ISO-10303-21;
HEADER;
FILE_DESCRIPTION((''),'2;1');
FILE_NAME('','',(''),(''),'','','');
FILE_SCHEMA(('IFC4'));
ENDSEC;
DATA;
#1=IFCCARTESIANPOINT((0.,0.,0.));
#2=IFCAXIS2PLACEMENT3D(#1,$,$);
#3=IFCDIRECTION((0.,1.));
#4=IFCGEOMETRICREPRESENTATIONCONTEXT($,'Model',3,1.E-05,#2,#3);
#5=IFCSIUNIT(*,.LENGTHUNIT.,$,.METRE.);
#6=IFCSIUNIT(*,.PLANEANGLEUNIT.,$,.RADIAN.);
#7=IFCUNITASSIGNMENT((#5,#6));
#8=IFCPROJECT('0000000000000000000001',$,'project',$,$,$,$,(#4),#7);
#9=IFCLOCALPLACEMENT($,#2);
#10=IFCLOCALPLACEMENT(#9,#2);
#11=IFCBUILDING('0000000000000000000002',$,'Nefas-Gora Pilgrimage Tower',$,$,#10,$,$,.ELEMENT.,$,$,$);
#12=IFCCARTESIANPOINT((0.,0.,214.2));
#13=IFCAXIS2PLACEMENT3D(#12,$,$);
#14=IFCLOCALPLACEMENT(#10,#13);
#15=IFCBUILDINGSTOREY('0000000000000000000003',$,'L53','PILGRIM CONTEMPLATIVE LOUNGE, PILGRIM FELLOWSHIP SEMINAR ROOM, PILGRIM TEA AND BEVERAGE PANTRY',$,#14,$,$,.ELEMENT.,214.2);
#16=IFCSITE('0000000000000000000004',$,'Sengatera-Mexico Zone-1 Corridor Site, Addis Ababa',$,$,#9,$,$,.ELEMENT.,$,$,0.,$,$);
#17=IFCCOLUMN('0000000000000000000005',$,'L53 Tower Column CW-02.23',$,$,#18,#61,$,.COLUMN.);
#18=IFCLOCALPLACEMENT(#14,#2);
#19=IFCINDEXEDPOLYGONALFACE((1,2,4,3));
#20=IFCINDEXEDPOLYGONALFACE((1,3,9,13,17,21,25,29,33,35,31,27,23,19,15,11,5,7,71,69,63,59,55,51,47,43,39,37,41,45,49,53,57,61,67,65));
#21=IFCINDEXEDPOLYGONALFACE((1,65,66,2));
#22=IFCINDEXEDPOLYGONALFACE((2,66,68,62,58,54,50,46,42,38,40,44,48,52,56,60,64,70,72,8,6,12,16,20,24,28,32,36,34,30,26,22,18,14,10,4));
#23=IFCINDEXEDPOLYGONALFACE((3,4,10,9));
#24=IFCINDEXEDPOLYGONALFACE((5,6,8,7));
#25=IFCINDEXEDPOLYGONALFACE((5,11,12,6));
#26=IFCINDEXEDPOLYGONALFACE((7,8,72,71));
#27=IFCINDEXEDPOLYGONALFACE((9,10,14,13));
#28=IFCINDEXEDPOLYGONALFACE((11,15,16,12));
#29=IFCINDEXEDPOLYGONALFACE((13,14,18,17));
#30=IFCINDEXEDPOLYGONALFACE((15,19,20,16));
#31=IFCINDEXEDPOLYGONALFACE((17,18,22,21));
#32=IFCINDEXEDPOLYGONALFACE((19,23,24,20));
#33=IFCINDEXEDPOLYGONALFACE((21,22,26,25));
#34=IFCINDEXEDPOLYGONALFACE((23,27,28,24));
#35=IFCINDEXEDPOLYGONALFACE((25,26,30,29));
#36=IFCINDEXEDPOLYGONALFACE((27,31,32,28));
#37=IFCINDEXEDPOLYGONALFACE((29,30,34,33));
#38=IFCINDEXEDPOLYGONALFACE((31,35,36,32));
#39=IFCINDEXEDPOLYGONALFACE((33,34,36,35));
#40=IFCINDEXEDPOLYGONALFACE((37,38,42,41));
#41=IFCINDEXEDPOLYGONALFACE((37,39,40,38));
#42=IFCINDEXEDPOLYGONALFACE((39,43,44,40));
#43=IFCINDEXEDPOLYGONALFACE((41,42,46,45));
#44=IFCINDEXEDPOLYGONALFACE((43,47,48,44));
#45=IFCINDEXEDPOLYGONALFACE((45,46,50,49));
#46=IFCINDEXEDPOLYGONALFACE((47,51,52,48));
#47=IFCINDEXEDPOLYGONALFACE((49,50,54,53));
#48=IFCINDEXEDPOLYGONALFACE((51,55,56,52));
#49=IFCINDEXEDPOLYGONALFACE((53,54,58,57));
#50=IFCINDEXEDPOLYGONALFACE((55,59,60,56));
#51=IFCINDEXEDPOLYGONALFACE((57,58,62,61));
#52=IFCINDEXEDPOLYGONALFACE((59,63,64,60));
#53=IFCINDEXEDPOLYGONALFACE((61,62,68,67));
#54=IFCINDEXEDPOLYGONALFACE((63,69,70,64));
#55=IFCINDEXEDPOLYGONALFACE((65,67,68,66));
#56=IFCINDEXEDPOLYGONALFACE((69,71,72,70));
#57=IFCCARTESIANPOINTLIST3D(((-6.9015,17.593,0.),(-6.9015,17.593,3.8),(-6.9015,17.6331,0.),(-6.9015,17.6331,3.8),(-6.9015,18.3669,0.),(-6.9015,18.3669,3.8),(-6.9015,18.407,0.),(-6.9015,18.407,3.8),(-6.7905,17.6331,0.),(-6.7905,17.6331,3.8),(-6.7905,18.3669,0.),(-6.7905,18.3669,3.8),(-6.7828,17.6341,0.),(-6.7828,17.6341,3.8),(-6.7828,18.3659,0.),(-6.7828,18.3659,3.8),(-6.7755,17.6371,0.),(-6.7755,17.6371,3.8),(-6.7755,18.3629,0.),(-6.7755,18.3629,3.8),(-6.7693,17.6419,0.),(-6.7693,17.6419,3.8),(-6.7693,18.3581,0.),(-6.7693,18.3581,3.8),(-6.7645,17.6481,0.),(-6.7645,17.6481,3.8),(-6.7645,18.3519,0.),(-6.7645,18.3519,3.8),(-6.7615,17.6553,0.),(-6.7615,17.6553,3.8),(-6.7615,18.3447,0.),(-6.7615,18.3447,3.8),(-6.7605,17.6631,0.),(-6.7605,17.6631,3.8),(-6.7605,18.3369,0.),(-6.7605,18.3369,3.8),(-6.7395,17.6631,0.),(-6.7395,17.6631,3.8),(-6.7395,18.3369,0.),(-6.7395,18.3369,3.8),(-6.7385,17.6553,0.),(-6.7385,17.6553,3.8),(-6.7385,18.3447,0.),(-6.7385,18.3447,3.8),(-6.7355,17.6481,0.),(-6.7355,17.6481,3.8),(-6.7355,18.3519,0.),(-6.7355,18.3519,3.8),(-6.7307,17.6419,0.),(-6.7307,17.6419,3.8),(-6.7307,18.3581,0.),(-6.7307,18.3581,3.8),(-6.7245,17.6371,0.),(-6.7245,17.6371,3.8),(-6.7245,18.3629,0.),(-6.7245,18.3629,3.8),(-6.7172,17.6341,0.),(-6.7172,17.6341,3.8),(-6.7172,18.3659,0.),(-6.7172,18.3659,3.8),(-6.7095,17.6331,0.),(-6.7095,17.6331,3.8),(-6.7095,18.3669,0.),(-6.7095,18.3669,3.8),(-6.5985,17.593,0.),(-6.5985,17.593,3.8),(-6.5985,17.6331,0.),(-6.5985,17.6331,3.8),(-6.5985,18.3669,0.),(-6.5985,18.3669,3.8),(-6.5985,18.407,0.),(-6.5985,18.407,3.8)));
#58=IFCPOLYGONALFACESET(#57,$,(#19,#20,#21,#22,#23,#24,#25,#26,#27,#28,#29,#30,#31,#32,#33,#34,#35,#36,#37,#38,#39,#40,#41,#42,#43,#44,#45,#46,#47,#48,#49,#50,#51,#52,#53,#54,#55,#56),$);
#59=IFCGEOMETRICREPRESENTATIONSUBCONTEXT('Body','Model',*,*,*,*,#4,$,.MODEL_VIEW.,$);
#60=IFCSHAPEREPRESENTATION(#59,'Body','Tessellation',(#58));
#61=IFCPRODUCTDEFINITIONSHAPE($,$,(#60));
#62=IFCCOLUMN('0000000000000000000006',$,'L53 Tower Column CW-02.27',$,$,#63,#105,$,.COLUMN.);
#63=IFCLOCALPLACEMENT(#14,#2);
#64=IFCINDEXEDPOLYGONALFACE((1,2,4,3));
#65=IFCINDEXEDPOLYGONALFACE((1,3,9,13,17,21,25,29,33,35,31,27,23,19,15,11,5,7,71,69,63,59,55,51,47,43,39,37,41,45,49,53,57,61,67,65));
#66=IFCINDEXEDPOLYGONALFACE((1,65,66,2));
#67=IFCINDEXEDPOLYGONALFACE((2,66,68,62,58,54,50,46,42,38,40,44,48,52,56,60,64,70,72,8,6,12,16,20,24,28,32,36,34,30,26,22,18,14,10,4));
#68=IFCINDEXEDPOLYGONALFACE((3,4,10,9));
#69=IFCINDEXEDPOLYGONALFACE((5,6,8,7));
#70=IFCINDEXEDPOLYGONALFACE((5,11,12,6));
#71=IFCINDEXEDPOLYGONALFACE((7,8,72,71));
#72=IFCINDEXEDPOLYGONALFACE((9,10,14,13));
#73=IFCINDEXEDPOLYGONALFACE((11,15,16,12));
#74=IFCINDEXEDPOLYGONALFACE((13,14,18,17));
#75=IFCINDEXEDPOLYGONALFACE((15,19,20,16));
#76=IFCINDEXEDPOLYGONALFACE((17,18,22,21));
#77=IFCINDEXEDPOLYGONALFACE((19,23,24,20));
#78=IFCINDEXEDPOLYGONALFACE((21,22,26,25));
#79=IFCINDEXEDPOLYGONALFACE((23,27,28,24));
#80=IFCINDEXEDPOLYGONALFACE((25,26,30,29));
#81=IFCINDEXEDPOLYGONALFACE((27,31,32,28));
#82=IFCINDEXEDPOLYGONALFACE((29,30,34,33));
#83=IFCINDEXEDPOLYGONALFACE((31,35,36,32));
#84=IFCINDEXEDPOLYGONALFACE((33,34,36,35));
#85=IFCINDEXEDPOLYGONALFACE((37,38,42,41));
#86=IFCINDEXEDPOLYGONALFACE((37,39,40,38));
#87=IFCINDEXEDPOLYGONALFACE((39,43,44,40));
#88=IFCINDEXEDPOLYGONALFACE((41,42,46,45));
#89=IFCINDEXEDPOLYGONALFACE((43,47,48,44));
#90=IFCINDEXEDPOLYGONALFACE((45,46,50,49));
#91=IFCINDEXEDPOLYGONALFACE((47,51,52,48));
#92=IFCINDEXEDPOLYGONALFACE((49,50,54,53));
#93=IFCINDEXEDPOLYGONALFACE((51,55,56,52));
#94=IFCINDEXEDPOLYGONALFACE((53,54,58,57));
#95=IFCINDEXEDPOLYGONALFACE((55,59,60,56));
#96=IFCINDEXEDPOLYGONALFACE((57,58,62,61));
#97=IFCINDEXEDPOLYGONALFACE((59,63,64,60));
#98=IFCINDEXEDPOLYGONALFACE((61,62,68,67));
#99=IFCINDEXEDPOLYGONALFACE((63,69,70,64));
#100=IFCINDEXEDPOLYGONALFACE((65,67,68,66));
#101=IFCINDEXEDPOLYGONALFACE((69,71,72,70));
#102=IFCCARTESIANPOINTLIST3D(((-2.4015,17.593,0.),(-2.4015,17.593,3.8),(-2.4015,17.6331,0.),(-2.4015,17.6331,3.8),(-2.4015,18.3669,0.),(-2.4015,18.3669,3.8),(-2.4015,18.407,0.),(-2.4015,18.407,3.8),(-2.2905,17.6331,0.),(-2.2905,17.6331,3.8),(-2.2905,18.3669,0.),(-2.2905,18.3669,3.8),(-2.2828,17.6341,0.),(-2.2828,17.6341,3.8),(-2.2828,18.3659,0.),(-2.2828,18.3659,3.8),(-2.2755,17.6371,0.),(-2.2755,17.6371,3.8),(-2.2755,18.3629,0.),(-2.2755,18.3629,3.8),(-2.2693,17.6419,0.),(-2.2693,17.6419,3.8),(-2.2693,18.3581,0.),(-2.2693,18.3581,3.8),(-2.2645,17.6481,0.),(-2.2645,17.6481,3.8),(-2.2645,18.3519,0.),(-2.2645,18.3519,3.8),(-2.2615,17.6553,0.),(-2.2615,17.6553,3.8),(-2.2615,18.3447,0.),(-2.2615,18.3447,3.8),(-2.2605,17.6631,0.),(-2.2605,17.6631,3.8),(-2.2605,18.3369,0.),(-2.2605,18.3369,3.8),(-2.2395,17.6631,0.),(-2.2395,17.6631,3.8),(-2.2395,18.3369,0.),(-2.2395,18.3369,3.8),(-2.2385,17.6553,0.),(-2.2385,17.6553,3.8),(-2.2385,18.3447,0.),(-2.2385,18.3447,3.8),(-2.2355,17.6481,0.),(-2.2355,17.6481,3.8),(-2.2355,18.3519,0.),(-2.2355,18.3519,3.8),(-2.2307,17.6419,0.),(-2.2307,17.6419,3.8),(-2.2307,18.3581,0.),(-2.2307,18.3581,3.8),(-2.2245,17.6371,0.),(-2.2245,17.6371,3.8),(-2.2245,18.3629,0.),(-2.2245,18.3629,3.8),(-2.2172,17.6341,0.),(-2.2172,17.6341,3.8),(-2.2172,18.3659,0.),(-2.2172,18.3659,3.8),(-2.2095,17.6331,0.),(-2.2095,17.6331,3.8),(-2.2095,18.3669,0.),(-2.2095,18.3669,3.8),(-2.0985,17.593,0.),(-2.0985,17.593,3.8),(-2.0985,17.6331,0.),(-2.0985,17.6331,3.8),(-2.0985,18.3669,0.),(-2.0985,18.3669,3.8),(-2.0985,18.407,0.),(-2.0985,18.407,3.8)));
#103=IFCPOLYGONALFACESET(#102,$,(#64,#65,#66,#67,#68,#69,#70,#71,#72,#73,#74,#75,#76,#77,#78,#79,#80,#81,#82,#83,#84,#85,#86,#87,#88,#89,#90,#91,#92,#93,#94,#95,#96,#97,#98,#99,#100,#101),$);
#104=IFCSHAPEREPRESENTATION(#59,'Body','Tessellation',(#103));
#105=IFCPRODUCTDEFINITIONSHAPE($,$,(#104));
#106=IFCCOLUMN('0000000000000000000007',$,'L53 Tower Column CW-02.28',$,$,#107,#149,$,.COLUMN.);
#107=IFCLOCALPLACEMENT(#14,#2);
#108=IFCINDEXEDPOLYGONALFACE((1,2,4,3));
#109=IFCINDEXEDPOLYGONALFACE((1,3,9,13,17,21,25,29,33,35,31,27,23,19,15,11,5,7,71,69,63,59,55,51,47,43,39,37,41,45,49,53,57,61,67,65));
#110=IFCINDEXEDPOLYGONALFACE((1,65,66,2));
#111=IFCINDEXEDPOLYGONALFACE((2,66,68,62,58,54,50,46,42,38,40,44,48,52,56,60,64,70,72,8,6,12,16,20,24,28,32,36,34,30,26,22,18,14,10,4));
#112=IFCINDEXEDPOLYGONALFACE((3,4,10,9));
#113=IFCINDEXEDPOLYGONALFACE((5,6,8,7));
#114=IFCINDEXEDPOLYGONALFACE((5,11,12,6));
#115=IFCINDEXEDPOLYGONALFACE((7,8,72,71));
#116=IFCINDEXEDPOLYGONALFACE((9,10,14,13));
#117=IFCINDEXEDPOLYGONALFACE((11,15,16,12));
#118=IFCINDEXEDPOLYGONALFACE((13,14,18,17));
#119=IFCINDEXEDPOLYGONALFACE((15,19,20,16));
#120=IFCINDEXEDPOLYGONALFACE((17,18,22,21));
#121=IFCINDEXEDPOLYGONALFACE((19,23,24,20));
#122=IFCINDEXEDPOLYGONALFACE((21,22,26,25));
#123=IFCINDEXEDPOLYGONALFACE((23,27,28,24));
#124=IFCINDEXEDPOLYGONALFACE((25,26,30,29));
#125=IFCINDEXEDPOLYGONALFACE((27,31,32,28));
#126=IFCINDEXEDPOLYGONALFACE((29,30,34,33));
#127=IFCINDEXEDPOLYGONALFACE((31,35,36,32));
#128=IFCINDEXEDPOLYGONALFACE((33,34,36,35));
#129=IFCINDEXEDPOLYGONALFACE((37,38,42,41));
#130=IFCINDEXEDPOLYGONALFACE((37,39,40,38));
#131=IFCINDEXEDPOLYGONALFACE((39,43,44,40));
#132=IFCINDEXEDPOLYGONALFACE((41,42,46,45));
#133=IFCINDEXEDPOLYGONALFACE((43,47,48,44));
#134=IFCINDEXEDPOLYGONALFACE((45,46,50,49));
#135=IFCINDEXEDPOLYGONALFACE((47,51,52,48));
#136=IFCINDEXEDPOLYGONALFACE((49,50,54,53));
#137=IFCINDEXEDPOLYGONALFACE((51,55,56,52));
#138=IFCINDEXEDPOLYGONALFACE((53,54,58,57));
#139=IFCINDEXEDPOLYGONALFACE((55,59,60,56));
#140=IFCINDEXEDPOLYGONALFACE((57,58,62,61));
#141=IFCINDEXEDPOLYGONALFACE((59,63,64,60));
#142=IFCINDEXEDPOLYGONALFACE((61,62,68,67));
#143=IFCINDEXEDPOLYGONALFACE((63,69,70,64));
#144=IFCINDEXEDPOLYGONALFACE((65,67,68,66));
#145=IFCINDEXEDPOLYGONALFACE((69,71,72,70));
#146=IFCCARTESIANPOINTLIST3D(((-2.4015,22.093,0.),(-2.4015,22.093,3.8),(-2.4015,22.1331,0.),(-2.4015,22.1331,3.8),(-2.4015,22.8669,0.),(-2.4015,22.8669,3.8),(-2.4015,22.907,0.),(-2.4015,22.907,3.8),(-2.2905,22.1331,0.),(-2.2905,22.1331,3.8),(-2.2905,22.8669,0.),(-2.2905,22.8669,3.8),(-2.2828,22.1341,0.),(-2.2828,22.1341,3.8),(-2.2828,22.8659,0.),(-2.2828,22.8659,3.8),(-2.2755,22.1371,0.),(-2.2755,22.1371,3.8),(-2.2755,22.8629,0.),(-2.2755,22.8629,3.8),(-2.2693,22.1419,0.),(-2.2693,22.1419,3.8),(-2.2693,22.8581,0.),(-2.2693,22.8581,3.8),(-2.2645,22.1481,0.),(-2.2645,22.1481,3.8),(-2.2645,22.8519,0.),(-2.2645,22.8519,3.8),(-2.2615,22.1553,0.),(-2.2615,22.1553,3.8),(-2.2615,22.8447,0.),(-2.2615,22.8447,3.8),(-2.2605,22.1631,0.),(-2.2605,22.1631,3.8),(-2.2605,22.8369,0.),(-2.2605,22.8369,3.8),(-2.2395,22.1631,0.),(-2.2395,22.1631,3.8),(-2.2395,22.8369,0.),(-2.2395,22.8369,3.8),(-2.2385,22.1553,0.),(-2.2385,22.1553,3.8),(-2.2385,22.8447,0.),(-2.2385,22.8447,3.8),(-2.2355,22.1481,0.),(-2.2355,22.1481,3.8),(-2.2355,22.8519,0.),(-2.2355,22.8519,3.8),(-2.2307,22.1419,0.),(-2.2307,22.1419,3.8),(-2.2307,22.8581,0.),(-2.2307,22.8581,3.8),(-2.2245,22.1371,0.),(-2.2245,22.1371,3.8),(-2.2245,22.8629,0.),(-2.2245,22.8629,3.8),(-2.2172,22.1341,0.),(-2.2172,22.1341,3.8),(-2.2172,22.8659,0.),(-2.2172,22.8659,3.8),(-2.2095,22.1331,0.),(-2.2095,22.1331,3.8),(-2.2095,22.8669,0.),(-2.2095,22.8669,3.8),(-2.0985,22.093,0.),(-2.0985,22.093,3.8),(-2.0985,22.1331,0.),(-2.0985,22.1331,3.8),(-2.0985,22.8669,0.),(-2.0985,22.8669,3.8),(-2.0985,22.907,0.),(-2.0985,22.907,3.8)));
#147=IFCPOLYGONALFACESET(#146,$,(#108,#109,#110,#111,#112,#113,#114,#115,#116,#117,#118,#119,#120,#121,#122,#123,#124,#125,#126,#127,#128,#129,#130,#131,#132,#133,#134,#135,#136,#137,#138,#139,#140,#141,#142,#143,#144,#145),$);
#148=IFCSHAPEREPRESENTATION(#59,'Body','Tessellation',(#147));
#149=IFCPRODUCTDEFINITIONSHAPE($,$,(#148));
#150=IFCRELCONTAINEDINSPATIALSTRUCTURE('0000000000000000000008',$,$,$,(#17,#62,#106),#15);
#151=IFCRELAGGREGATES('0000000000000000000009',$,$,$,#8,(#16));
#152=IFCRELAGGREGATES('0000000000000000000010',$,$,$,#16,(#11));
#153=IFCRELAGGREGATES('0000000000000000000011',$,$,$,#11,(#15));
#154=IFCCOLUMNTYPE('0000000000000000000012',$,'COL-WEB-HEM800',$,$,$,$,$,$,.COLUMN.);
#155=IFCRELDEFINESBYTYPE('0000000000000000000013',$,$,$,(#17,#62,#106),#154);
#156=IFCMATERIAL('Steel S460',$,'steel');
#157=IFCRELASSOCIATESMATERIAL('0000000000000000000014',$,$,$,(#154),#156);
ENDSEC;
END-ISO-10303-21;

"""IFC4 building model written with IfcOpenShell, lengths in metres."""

from ifc_helpers import new_model, si_unit, direction, frame, origin, origin_2d, place, context, subcontext, project, spatial, i_section, extrude, source, transform, mapped, material, material_profile, profile_set, type_object, element, save


model = new_model("IFC4")

# Units and contexts
model_context = context("Model", 3, precision=1e-05, world=origin(), true_north=direction((0.0, 1.0)))
body_context = subcontext(model_context, "Body", "Model", "MODEL_VIEW")
ifc_project = project(units=[si_unit("LENGTHUNIT", "METRE"), si_unit("PLANEANGLEUNIT", "RADIAN")], contexts=[model_context])

# Site, building, storey
site_placement = place(None, origin())
site = spatial("IfcSite", under=ifc_project, at=site_placement, Name="Sengatera-Mexico Zone-1 Corridor Site, Addis Ababa", CompositionType="ELEMENT", RefElevation=0.0)
building_placement = place(site_placement, origin())
building = spatial("IfcBuilding", under=site, at=building_placement, Name="Nefas-Gora Pilgrimage Tower", CompositionType="ELEMENT")
storey_placement = place(building_placement, frame((0.0, 0.0, 214.2)))
storey = spatial("IfcBuildingStorey", under=building, at=storey_placement, Name="L53", Description="PILGRIM CONTEMPLATIVE LOUNGE, PILGRIM FELLOWSHIP SEMINAR ROOM, PILGRIM TEA AND BEVERAGE PANTRY", CompositionType="ELEMENT", Elevation=214.2)

# Columns
ifc_material_1 = material(Name="Steel S460", Category="steel")
ifc_material_profile_1 = material_profile(ifc_material_1, i_section(OverallWidth=0.303, OverallDepth=0.814, WebThickness=0.021, FlangeThickness=0.04, FilletRadius=0.03, at=origin_2d()), Name="HEM 800")
ifc_profile_set_1 = profile_set([ifc_material_profile_1], Name="Steel S460")
column_type_1 = type_object("IfcColumnType", Name="COL-WEB-HEM800", PredefinedType="COLUMN", material=ifc_profile_set_1)
shared_shape_1 = source(origin(), body_context, "Body", "SweptSolid", [
    extrude(i_section(OverallWidth=0.303, OverallDepth=0.814, WebThickness=0.021, FlangeThickness=0.04, FilletRadius=0.03, at=origin_2d()), origin(), (0.0, 0.0, 1.0), 3.8),
])
for number, where, z_axis, x_axis, name in (
    (1, (-6.75, 18.0, 0.0), (0.0, 0.0, 1.0), (1.0, 0.0, 0.0), "L53 Tower Column CW-02.23"),
    (2, (-2.25, 18.0, 0.0), (0.0, 0.0, 1.0), (1.0, 0.0, 0.0), "L53 Tower Column CW-02.27"),
    (3, (-2.25, 22.5, 0.0), (0.0, 0.0, 1.0), (1.0, 0.0, 0.0), "L53 Tower Column CW-02.28"),
):
    element("IfcColumn", number, at=place(storey_placement, frame(where, z_axis=z_axis, x_axis=x_axis)), inside=storey, type_object=column_type_1, Name=name, PredefinedType="COLUMN", context=body_context, shape_type="MappedRepresentation", body=[
        mapped(shared_shape_1, transform((0.0, 0.0, 0.0), x_axis=(1.0, 0.0, 0.0), y_axis=(0.0, 1.0, 0.0), z_axis=(0.0, 0.0, 1.0), scale=1.0)),
    ])

save(model, "model.ifc")
